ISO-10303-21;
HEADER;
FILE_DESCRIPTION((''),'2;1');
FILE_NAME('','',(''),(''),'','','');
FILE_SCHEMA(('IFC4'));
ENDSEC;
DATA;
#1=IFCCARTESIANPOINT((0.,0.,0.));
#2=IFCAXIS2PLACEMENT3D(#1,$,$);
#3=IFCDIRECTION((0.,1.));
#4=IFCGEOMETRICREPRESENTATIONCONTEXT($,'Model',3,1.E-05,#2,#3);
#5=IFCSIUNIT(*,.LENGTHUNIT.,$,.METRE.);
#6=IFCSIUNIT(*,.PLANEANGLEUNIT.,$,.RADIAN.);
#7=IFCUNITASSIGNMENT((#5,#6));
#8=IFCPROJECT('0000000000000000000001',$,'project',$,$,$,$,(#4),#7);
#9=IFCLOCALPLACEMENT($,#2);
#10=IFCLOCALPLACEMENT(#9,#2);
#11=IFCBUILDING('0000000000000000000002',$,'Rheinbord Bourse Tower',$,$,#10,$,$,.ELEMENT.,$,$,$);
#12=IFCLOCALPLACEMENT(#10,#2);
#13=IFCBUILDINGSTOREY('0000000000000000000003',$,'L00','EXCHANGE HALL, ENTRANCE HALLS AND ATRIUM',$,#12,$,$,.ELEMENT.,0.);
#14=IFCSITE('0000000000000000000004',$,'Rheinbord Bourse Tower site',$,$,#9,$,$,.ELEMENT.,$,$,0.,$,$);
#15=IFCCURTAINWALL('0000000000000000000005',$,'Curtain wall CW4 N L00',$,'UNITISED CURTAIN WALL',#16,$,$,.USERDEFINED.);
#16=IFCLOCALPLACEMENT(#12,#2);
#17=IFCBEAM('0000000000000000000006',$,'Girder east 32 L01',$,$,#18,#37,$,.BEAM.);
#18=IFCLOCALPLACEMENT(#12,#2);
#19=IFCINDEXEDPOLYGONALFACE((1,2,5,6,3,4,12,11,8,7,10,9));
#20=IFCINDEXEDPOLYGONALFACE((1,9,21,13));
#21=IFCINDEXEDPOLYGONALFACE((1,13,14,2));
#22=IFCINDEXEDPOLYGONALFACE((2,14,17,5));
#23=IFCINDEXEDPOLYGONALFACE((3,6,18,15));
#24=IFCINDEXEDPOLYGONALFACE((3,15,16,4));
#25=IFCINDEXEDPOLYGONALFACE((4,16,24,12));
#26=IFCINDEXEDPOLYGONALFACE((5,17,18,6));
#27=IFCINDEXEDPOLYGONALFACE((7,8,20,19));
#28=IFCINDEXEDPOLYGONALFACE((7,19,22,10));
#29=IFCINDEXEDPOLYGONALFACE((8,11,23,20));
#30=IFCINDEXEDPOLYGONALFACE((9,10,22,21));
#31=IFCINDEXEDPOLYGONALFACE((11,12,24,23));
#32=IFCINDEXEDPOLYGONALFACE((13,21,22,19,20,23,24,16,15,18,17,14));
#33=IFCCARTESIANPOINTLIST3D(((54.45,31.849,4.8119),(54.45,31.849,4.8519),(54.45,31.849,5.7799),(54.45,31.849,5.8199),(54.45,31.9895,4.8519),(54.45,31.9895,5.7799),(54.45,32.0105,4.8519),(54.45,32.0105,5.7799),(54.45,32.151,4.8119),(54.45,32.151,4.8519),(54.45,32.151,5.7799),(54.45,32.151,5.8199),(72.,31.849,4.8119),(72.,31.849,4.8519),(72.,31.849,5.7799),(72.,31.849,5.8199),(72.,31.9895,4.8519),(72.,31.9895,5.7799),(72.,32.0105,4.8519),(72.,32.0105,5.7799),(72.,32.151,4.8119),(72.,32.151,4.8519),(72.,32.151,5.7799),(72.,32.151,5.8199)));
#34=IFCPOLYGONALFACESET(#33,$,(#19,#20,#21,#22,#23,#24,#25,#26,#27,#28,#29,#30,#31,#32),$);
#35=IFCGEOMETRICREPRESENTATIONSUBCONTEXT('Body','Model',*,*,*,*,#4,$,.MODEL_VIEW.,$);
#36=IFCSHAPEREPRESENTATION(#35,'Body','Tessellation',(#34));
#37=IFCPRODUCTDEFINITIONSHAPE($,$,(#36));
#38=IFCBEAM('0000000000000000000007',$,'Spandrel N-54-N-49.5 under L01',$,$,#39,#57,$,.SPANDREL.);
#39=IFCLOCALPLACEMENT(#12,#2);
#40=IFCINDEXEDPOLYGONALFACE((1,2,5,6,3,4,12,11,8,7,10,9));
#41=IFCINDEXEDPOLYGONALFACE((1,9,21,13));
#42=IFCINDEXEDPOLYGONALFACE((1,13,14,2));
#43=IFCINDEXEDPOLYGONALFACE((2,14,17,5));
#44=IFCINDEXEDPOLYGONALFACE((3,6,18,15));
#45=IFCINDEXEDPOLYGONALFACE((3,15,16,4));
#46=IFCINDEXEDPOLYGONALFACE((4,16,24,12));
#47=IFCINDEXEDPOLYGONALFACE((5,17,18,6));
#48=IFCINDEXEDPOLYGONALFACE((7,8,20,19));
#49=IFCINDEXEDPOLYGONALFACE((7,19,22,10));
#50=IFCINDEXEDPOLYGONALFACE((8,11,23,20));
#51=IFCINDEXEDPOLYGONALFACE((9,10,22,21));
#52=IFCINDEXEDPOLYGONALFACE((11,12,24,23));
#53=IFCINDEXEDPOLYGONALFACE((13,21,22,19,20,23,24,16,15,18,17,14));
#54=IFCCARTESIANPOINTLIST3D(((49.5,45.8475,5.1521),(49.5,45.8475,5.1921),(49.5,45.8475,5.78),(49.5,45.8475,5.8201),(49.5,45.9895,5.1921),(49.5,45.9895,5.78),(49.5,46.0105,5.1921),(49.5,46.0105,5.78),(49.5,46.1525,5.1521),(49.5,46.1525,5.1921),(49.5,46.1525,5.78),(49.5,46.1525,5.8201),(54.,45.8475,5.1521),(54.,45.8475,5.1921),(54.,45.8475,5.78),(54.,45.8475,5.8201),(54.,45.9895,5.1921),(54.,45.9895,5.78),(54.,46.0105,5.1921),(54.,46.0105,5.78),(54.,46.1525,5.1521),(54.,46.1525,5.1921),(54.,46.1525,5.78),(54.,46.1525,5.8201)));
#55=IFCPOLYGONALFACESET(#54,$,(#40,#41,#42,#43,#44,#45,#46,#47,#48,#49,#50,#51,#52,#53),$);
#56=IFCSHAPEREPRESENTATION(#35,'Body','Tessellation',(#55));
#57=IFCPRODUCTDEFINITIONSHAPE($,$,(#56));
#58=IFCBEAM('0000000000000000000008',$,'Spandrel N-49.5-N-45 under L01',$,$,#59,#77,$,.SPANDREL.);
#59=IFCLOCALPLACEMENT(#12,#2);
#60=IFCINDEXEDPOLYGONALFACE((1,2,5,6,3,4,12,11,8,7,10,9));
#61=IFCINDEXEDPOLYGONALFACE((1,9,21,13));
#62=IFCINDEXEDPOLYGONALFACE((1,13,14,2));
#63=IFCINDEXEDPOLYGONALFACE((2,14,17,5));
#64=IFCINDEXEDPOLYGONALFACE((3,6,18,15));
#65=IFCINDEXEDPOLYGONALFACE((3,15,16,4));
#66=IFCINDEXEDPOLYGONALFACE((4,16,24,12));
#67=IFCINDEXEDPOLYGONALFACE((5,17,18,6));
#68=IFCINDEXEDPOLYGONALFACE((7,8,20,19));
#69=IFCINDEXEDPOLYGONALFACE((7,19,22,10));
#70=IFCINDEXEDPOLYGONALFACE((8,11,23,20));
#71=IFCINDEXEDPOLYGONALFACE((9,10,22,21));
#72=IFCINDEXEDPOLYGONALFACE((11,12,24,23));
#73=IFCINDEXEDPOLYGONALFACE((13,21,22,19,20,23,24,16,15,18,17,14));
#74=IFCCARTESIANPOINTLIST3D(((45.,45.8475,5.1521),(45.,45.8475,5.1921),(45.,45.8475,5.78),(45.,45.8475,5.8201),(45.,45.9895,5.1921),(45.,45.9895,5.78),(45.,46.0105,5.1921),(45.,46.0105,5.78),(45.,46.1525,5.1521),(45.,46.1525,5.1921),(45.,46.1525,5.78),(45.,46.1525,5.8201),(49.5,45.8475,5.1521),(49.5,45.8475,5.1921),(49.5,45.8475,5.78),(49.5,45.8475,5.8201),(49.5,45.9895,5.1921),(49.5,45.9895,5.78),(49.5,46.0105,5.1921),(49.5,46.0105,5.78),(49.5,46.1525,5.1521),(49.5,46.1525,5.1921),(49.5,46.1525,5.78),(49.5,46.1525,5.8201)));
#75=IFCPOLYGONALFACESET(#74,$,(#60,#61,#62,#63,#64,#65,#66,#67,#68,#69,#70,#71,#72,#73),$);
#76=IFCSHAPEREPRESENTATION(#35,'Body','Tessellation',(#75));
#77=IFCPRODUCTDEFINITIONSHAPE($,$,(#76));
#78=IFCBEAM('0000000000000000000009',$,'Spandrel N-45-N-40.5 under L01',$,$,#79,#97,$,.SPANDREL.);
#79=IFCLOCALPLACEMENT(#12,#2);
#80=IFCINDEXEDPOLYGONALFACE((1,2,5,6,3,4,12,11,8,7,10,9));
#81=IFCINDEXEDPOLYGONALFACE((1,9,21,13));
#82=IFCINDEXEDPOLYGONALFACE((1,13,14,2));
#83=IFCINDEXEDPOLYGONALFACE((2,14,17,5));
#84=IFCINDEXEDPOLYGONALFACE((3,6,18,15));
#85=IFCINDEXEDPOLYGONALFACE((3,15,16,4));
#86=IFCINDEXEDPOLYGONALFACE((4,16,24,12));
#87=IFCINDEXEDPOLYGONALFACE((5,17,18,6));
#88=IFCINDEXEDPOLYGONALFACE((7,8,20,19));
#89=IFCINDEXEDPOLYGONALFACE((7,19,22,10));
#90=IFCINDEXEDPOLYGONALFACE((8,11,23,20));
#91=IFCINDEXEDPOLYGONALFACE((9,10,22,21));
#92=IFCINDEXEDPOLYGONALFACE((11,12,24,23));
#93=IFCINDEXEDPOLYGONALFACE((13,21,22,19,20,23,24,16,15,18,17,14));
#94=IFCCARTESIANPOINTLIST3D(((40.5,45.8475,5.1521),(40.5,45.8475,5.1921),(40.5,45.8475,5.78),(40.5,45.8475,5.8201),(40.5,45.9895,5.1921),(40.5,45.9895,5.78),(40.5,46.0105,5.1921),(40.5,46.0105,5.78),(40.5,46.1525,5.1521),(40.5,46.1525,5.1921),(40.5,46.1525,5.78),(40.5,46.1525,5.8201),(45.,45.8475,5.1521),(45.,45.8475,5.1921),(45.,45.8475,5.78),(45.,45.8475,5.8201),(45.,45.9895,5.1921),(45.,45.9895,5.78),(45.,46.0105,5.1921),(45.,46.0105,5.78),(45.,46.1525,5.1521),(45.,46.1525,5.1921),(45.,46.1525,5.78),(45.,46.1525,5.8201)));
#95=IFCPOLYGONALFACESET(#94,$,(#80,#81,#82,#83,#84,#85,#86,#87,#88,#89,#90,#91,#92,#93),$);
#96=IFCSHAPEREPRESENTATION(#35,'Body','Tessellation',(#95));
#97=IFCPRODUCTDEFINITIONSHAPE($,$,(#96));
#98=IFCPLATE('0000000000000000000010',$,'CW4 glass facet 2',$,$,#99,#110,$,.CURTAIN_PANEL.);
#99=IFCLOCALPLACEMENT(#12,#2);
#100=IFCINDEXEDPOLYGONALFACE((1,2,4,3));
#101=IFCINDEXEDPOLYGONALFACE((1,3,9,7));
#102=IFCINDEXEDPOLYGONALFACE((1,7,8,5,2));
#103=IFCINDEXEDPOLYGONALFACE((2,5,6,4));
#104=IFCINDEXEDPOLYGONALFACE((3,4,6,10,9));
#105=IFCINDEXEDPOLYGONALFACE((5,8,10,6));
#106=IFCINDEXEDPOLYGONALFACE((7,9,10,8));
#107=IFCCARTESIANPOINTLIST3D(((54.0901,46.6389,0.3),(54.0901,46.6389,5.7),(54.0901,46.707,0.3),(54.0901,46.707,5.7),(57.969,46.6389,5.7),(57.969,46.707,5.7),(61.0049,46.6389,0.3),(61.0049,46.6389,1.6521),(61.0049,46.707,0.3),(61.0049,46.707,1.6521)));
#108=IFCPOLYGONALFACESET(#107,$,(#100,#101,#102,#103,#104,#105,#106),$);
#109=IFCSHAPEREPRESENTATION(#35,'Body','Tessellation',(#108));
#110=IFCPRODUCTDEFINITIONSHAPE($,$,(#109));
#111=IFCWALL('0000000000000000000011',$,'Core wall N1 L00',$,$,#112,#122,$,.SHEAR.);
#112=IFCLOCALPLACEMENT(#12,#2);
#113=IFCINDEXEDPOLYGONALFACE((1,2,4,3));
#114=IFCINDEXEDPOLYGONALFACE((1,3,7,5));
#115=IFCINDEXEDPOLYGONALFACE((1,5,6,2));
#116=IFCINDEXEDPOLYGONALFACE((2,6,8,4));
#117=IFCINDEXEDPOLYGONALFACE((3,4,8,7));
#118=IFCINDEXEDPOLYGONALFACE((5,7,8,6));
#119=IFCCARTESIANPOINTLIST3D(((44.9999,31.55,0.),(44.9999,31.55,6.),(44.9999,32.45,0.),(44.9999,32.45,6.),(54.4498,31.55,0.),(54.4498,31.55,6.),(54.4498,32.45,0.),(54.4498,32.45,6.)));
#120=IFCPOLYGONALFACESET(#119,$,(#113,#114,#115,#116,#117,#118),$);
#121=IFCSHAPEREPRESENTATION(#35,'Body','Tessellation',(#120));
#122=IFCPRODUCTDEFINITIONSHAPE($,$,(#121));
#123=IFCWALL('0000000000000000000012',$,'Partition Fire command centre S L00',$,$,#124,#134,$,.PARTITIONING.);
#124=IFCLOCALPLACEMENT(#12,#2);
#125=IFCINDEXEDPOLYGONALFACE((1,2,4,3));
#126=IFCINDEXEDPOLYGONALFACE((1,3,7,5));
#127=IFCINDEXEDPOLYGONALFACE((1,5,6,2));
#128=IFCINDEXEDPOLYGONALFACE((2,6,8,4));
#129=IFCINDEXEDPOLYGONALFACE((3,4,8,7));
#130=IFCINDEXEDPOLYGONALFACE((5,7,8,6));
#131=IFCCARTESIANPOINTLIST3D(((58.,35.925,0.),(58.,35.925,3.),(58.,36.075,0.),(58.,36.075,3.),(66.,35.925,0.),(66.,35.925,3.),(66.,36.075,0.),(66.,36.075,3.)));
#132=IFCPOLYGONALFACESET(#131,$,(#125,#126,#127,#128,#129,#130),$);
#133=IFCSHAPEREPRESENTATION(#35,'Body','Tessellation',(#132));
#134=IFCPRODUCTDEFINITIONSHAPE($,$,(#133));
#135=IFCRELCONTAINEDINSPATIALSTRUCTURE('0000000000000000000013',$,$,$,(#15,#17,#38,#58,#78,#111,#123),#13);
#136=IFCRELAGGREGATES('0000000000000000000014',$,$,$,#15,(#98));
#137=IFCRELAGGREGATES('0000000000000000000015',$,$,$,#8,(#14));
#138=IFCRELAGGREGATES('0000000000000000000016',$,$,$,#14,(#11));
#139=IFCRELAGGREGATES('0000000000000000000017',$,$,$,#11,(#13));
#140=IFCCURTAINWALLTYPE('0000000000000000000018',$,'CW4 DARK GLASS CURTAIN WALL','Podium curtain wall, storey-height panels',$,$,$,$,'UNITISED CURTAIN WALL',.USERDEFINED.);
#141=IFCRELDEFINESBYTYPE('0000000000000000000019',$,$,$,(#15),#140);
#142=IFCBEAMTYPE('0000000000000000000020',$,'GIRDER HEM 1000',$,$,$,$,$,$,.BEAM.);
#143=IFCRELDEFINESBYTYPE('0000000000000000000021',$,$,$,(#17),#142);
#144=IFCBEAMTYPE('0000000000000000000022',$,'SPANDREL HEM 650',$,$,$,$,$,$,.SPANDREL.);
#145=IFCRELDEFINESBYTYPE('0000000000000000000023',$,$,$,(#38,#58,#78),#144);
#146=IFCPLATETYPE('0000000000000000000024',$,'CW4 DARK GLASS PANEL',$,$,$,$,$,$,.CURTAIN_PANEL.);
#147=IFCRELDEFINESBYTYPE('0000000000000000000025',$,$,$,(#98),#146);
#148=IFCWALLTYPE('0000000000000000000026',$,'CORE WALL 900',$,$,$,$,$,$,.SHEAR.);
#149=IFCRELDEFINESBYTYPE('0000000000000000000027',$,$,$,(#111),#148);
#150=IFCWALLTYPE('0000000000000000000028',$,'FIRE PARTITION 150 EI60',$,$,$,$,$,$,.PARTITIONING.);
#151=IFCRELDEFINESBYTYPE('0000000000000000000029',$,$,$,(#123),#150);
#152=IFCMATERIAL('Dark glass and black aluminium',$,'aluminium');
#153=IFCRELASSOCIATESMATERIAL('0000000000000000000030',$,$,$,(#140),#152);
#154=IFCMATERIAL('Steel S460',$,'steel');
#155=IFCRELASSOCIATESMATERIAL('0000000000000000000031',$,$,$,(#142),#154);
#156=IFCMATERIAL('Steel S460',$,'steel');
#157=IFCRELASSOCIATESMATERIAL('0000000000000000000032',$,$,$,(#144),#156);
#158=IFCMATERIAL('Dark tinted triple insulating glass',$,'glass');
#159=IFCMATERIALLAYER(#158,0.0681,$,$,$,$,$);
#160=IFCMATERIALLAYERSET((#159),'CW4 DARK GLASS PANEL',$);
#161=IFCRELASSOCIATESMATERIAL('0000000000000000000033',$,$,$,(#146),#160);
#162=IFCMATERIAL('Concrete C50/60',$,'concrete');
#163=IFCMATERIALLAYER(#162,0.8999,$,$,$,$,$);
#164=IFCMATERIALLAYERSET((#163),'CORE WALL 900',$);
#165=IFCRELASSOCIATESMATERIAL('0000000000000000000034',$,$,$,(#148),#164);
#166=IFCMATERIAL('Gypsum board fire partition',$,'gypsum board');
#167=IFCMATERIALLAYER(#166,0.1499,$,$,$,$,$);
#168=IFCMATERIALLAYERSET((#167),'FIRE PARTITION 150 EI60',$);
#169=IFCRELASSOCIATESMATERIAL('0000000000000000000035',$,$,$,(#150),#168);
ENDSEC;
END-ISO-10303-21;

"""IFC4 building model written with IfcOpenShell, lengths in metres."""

from ifc_helpers import new_model, si_unit, direction, frame, frame_2d, origin, origin_2d, place, context, subcontext, project, spatial, polyline, rectangle, i_section, outline, extrude, material, layer, layer_set, material_profile, profile_set, type_object, element, aggregate, save


model = new_model("IFC4")

# Units and contexts
model_context = context("Model", 3, precision=1e-05, world=origin(), true_north=direction((0.0, 1.0)))
body_context = subcontext(model_context, "Body", "Model", "MODEL_VIEW")
ifc_project = project(units=[si_unit("LENGTHUNIT", "METRE"), si_unit("PLANEANGLEUNIT", "RADIAN")], contexts=[model_context])

# Site, building, storey
site_placement = place(None, origin())
site = spatial("IfcSite", under=ifc_project, at=site_placement, Name="Rheinbord Bourse Tower site", CompositionType="ELEMENT", RefElevation=0.0)
building_placement = place(site_placement, origin())
building = spatial("IfcBuilding", under=site, at=building_placement, Name="Rheinbord Bourse Tower", CompositionType="ELEMENT")
storey_placement = place(building_placement, origin())
storey = spatial("IfcBuildingStorey", under=building, at=storey_placement, Name="L00", Description="EXCHANGE HALL, ENTRANCE HALLS AND ATRIUM", CompositionType="ELEMENT", Elevation=0.0)

# Curtain wall
ifc_material_1 = material(Name="Dark glass and black aluminium", Category="aluminium")
curtain_wall_type = type_object("IfcCurtainWallType", Name="CW4 DARK GLASS CURTAIN WALL", Description="Podium curtain wall, storey-height panels", ElementType="UNITISED CURTAIN WALL", PredefinedType="USERDEFINED", material=ifc_material_1)
curtain_wall_placement = place(storey_placement, origin())
curtain_wall = element("IfcCurtainWall", 1, at=curtain_wall_placement, inside=storey, type_object=curtain_wall_type, Name="Curtain wall CW4 N L00", ObjectType="UNITISED CURTAIN WALL", PredefinedType="USERDEFINED")

# Beams
ifc_material_2 = material(Name="Steel S460", Category="steel")
ifc_material_profile_1 = material_profile(ifc_material_2, i_section(OverallWidth=0.302, OverallDepth=1.0081, WebThickness=0.021, FlangeThickness=0.04, at=origin_2d()), Name="HEM 1000")
ifc_profile_set_1 = profile_set([ifc_material_profile_1], Name="Steel S460")
beam_type_1 = type_object("IfcBeamType", Name="GIRDER HEM 1000", PredefinedType="BEAM", material=ifc_profile_set_1)
beam_placement = place(storey_placement, frame((54.45, 32.0, 5.3159), z_axis=(1.0, 0.0, 0.0), x_axis=(0.0, 1.0, 0.0)))
element("IfcBeam", 2, at=beam_placement, inside=storey, type_object=beam_type_1, Name="Girder east 32 L01", PredefinedType="BEAM", context=body_context, shape_type="SweptSolid", body=[
    extrude(i_section(OverallWidth=0.302, OverallDepth=1.0081, WebThickness=0.021, FlangeThickness=0.04, at=origin_2d()), origin(), (0.0, 0.0, 1.0), 17.55),
])
ifc_material_3 = material(Name="Steel S460", Category="steel")
ifc_material_profile_2 = material_profile(ifc_material_3, i_section(OverallWidth=0.3049, OverallDepth=0.668, WebThickness=0.021, FlangeThickness=0.04, at=origin_2d()), Name="HEM 650")
ifc_profile_set_2 = profile_set([ifc_material_profile_2], Name="Steel S460")
beam_type_2 = type_object("IfcBeamType", Name="SPANDREL HEM 650", PredefinedType="SPANDREL", material=ifc_profile_set_2)
for number, where, z_axis, x_axis, name in (
    (3, (54.0, 46.0, 5.4861), (-1.0, 0.0, 0.0), (0.0, -1.0, 0.0), "Spandrel N-54-N-49.5 under L01"),
    (4, (49.5, 46.0, 5.4861), (-1.0, 0.0, 0.0), (0.0, -1.0, 0.0), "Spandrel N-49.5-N-45 under L01"),
    (5, (45.0, 46.0, 5.4861), (-1.0, 0.0, 0.0), (0.0, -1.0, 0.0), "Spandrel N-45-N-40.5 under L01"),
):
    element("IfcBeam", number, at=place(storey_placement, frame(where, z_axis=z_axis, x_axis=x_axis)), inside=storey, type_object=beam_type_2, Name=name, PredefinedType="SPANDREL", context=body_context, shape_type="SweptSolid", body=[
        extrude(i_section(OverallWidth=0.3049, OverallDepth=0.668, WebThickness=0.021, FlangeThickness=0.04, at=origin_2d()), origin(), (0.0, 0.0, 1.0), 4.5),
    ])

# Plate
ifc_material_4 = material(Name="Dark tinted triple insulating glass", Category="glass")
ifc_layer_1 = layer(ifc_material_4, 0.0681)
ifc_layer_set_1 = layer_set([ifc_layer_1], Name="CW4 DARK GLASS PANEL")
plate_type = type_object("IfcPlateType", Name="CW4 DARK GLASS PANEL", PredefinedType="CURTAIN_PANEL", material=ifc_layer_set_1)
plate_placement = place(storey_placement, frame((54.0901, 46.707, 5.7), z_axis=(0.0, -1.0, 0.0), x_axis=(0.0, 0.0, -1.0)))
plate = element("IfcPlate", 6, at=plate_placement, type_object=plate_type, Name="CW4 glass facet 2", PredefinedType="CURTAIN_PANEL", context=body_context, shape_type="SweptSolid", body=[
    extrude(outline(polyline([(0.0, 0.0), (5.3999, 0.0), (5.3999, 6.9148), (4.0479, 6.9148), (0.0, 3.8789), (0.0, 0.0)])), origin(), (0.0, 0.0, 1.0), 0.0681),
])
aggregate(curtain_wall, [plate])

# Wall
ifc_material_5 = material(Name="Concrete C50/60", Category="concrete")
ifc_layer_2 = layer(ifc_material_5, 0.8999)
ifc_layer_set_2 = layer_set([ifc_layer_2], Name="CORE WALL 900")
wall_type_1 = type_object("IfcWallType", Name="CORE WALL 900", PredefinedType="SHEAR", material=ifc_layer_set_2)
wall_1_placement = place(storey_placement, frame((54.45, 32.0, 0.0), z_axis=(0.0, 0.0, 1.0), x_axis=(-1.0, 0.0, 0.0)))
element("IfcWall", 7, at=wall_1_placement, inside=storey, type_object=wall_type_1, Name="Core wall N1 L00", PredefinedType="SHEAR", context=body_context, shape_type="SweptSolid", body=[
    extrude(rectangle(XDim=9.45, YDim=0.8999, at=frame_2d((4.7251, 0.0))), origin(), (0.0, 0.0, 1.0), 6.0),
])

# Wall
ifc_material_6 = material(Name="Gypsum board fire partition", Category="gypsum board")
ifc_layer_3 = layer(ifc_material_6, 0.1499)
ifc_layer_set_3 = layer_set([ifc_layer_3], Name="FIRE PARTITION 150 EI60")
wall_type_2 = type_object("IfcWallType", Name="FIRE PARTITION 150 EI60", PredefinedType="PARTITIONING", material=ifc_layer_set_3)
wall_2_placement = place(storey_placement, frame((58.0, 36.0, 0.0), z_axis=(0.0, 0.0, 1.0), x_axis=(1.0, 0.0, 0.0)))
element("IfcWall", 8, at=wall_2_placement, inside=storey, type_object=wall_type_2, Name="Partition Fire command centre S L00", PredefinedType="PARTITIONING", context=body_context, shape_type="SweptSolid", body=[
    extrude(rectangle(XDim=8.0, YDim=0.1499, at=frame_2d((4.0, 0.0))), origin(), (0.0, 0.0, 1.0), 3.0),
])

save(model, "model.ifc")
